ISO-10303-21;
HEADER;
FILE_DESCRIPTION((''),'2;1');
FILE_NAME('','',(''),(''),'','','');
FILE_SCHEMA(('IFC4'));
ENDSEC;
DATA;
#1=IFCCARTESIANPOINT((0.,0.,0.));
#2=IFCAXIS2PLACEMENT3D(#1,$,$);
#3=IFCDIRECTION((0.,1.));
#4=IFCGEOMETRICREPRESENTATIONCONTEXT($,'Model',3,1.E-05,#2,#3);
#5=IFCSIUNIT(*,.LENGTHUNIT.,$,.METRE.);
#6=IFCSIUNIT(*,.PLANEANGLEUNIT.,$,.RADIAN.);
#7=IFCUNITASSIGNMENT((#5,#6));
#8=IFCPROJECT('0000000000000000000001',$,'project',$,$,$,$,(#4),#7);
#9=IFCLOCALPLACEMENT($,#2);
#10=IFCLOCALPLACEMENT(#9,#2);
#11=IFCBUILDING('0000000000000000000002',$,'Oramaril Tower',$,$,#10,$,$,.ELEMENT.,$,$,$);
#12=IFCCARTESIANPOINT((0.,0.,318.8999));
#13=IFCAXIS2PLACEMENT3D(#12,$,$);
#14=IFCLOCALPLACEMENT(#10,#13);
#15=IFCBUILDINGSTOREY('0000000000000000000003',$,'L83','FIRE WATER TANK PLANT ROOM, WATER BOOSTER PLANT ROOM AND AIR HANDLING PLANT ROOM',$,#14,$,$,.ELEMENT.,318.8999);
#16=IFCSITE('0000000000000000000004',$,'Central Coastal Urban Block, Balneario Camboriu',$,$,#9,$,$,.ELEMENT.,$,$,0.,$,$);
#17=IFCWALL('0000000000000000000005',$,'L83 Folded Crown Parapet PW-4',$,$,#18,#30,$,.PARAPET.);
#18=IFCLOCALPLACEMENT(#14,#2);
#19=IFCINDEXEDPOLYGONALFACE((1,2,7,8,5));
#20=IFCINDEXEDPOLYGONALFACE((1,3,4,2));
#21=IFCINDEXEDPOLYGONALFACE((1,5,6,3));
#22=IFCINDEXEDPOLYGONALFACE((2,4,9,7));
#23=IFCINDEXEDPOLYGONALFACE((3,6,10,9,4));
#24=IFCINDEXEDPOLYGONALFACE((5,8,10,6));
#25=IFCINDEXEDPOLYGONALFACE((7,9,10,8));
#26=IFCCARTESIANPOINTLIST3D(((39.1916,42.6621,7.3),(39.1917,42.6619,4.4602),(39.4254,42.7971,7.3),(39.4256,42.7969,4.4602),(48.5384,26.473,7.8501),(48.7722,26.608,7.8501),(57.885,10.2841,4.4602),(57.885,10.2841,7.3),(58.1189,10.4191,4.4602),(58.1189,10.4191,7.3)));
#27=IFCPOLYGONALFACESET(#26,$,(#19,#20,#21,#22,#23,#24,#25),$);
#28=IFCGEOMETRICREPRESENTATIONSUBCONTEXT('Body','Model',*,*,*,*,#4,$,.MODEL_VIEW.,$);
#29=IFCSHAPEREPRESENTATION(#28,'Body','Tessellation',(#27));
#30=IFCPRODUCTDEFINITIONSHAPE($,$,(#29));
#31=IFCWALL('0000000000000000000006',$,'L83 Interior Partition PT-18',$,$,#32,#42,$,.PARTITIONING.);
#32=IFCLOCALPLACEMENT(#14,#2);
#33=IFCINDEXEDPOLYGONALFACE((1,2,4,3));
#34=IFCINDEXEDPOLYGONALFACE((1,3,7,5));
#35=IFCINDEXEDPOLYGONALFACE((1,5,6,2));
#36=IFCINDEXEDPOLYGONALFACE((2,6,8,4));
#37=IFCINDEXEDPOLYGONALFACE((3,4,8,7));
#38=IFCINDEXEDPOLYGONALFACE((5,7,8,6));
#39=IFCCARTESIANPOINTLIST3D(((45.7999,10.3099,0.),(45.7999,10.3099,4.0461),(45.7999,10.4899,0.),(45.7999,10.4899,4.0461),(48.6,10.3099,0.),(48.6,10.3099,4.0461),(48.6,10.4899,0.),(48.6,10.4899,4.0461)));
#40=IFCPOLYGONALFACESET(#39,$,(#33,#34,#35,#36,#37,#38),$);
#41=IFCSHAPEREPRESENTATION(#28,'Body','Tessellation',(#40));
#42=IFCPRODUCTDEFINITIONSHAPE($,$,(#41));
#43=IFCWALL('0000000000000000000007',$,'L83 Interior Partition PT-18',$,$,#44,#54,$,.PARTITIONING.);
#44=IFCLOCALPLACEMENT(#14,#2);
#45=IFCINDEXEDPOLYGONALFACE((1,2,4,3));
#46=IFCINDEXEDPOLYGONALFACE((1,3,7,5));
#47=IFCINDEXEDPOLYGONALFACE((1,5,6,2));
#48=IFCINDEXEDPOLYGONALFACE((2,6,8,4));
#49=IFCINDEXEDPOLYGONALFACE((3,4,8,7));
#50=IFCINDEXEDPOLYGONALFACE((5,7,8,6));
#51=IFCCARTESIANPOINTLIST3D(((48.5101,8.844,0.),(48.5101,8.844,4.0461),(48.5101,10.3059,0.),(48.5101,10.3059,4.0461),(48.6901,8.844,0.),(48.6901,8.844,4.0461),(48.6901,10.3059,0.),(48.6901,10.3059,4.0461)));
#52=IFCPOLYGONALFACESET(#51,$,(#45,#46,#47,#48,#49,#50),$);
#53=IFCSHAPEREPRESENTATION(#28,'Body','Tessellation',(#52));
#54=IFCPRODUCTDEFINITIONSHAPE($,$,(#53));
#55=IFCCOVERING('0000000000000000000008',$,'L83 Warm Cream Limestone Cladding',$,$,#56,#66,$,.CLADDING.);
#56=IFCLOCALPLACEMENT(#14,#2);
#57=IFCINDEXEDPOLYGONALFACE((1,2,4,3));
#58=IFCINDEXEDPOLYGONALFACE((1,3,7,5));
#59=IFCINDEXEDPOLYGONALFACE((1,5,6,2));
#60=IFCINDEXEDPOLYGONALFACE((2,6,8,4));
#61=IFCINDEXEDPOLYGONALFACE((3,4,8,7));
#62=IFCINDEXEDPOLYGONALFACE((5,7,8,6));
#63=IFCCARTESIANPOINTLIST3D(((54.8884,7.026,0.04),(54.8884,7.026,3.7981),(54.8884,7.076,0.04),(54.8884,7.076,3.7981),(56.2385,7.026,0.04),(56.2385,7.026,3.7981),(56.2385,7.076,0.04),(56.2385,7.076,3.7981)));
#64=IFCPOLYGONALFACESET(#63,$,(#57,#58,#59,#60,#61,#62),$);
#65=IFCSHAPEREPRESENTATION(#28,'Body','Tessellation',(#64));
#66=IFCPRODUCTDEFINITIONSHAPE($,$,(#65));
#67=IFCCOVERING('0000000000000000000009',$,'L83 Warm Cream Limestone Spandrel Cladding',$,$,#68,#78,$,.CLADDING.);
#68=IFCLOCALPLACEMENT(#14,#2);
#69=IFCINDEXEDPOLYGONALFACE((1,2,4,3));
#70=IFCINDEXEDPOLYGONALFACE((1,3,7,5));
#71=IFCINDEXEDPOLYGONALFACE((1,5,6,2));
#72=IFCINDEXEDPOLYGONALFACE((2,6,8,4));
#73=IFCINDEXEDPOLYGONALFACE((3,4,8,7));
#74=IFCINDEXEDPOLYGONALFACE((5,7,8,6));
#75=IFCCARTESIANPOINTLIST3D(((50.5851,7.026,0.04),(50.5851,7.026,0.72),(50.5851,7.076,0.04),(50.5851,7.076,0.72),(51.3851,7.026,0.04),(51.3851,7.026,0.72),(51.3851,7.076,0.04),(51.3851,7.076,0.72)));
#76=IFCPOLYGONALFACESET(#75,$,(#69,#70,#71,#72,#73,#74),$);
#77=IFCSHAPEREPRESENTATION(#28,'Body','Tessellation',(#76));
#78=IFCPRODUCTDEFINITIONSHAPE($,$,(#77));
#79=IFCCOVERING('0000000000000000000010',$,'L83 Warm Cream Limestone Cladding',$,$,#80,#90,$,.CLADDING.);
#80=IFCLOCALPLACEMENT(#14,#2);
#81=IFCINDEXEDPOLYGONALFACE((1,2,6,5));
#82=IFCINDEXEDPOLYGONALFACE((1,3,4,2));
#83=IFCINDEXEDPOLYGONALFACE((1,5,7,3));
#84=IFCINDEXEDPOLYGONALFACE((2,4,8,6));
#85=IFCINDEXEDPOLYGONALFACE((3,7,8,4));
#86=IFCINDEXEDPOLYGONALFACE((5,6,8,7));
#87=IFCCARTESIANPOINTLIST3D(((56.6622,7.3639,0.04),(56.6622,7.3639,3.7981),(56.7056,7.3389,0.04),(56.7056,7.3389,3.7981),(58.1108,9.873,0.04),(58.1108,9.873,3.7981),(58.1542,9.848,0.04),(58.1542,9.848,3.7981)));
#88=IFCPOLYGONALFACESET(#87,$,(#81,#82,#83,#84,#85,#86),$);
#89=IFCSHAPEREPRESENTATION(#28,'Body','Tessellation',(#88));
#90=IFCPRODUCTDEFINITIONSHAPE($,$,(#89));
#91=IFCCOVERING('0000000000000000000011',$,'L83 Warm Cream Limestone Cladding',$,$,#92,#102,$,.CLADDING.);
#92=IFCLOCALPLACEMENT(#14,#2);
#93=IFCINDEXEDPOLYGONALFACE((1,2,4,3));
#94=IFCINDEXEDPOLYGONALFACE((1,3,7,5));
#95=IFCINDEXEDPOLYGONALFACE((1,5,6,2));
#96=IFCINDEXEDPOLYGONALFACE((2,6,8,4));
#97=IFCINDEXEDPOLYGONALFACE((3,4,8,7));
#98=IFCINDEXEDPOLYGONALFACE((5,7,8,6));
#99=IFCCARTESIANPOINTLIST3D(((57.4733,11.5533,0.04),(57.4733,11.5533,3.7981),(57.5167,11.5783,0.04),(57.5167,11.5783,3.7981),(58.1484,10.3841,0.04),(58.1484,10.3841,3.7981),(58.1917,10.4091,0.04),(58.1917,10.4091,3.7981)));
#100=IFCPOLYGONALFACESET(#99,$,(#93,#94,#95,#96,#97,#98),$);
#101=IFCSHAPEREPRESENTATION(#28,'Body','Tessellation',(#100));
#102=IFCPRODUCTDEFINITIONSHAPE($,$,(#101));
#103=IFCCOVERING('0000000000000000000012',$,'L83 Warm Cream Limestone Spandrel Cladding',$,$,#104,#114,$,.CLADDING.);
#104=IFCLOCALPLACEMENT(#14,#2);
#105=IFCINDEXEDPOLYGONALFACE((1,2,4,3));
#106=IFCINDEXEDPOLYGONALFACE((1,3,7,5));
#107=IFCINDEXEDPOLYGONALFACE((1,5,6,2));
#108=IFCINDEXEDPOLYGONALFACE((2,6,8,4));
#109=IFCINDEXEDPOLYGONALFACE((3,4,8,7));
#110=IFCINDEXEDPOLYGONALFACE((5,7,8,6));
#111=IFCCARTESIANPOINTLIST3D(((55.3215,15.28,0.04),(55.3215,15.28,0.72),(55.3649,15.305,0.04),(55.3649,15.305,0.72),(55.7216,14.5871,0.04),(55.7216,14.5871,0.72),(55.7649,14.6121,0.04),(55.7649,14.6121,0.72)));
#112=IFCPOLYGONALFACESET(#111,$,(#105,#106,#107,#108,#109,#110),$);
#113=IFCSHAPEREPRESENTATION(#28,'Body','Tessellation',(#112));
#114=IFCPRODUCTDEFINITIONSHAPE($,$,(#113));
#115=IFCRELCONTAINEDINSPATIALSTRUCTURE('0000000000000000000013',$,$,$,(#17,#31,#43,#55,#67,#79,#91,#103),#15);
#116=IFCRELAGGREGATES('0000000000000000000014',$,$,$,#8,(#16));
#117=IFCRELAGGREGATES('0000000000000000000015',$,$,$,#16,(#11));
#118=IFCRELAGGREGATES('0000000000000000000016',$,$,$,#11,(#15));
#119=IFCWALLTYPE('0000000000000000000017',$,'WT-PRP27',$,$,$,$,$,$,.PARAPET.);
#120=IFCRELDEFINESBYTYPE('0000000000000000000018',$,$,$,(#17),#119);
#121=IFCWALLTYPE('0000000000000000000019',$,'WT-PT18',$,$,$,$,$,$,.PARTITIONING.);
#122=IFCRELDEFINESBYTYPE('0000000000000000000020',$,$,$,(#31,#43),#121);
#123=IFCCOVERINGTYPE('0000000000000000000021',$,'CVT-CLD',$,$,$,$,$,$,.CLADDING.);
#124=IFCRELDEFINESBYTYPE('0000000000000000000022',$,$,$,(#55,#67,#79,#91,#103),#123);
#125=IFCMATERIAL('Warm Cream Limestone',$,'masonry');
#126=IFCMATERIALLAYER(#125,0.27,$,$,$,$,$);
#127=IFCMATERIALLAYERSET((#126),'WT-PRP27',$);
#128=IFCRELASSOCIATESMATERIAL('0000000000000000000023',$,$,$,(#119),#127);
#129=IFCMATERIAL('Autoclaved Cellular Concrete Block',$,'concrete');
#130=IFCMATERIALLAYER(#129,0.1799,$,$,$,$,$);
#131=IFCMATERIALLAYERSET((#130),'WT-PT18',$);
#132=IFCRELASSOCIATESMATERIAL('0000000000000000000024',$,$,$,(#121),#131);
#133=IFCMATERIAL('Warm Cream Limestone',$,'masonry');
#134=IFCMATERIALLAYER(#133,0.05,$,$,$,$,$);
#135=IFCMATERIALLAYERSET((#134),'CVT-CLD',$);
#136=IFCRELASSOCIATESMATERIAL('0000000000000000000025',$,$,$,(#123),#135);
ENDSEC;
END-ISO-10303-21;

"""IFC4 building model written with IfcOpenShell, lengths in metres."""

from ifc_helpers import new_model, si_unit, direction, frame, frame_2d, origin, origin_2d, place, context, subcontext, project, spatial, polyline, rectangle, outline, extrude, material, layer, layer_set, type_object, element, save


model = new_model("IFC4")

# Units and contexts
model_context = context("Model", 3, precision=1e-05, world=origin(), true_north=direction((0.0, 1.0)))
body_context = subcontext(model_context, "Body", "Model", "MODEL_VIEW")
ifc_project = project(units=[si_unit("LENGTHUNIT", "METRE"), si_unit("PLANEANGLEUNIT", "RADIAN")], contexts=[model_context])

# Site, building, storey
site_placement = place(None, origin())
site = spatial("IfcSite", under=ifc_project, at=site_placement, Name="Central Coastal Urban Block, Balneario Camboriu", CompositionType="ELEMENT", RefElevation=0.0)
building_placement = place(site_placement, origin())
building = spatial("IfcBuilding", under=site, at=building_placement, Name="Oramaril Tower", CompositionType="ELEMENT")
storey_placement = place(building_placement, frame((0.0, 0.0, 318.8999)))
storey = spatial("IfcBuildingStorey", under=building, at=storey_placement, Name="L83", Description="FIRE WATER TANK PLANT ROOM, WATER BOOSTER PLANT ROOM AND AIR HANDLING PLANT ROOM", CompositionType="ELEMENT", Elevation=318.8999)

# Walls
ifc_material_1 = material(Name="Warm Cream Limestone", Category="masonry")
ifc_layer_1 = layer(ifc_material_1, 0.27)
ifc_layer_set_1 = layer_set([ifc_layer_1], Name="WT-PRP27")
wall_type_1 = type_object("IfcWallType", Name="WT-PRP27", PredefinedType="PARAPET", material=ifc_layer_set_1)
wall_1_placement = place(storey_placement, frame((58.002, 10.3516, 4.4602), z_axis=(0.0, 0.0, 1.0), x_axis=(-0.499999, 0.866026, 0.0)))
element("IfcWall", 1, at=wall_1_placement, inside=storey, type_object=wall_type_1, Name="L83 Folded Crown Parapet PW-4", PredefinedType="PARAPET", context=body_context, shape_type="SweptSolid", body=[
    extrude(outline(polyline([(0.0, 0.0), (37.3867, 0.0), (37.387, 2.8398), (18.6934, 3.3899), (0.0, 2.8398), (0.0, 0.0)])), frame((0.0, 0.135, 0.0), z_axis=(0.0, -1.0, 0.0), x_axis=(1.0, 0.0, 0.0)), (0.0, 0.0, 1.0), 0.27),
])
ifc_material_2 = material(Name="Autoclaved Cellular Concrete Block", Category="concrete")
ifc_layer_2 = layer(ifc_material_2, 0.1799)
ifc_layer_set_2 = layer_set([ifc_layer_2], Name="WT-PT18")
wall_type_2 = type_object("IfcWallType", Name="WT-PT18", PredefinedType="PARTITIONING", material=ifc_layer_set_2)
wall_2_placement = place(storey_placement, frame((45.8, 10.3999, 0.0), z_axis=(0.0, 0.0, 1.0), x_axis=(1.0, 0.0, 0.0)))
element("IfcWall", 2, at=wall_2_placement, inside=storey, type_object=wall_type_2, Name="L83 Interior Partition PT-18", PredefinedType="PARTITIONING", context=body_context, shape_type="SweptSolid", body=[
    extrude(rectangle(XDim=2.8, YDim=0.1799, at=frame_2d((1.3999, 0.0))), origin(), (0.0, 0.0, 1.0), 4.0461),
])
wall_3_placement = place(storey_placement, frame((48.6001, 8.844, 0.0), z_axis=(0.0, 0.0, 1.0), x_axis=(0.0, 1.0, 0.0)))
element("IfcWall", 3, at=wall_3_placement, inside=storey, type_object=wall_type_2, Name="L83 Interior Partition PT-18", PredefinedType="PARTITIONING", context=body_context, shape_type="SweptSolid", body=[
    extrude(rectangle(XDim=1.4619, YDim=0.1799, at=frame_2d((0.731, 0.0))), origin(), (0.0, 0.0, 1.0), 4.0461),
])

# Coverings
ifc_material_3 = material(Name="Warm Cream Limestone", Category="masonry")
ifc_layer_3 = layer(ifc_material_3, 0.05)
ifc_layer_set_3 = layer_set([ifc_layer_3], Name="CVT-CLD")
covering_type = type_object("IfcCoveringType", Name="CVT-CLD", PredefinedType="CLADDING", material=ifc_layer_set_3)
covering_1_placement = place(storey_placement, frame((55.5635, 7.051, 0.04), z_axis=(0.0, 0.0, 1.0), x_axis=(1.0, 0.0, 0.0)))
element("IfcCovering", 4, at=covering_1_placement, inside=storey, type_object=covering_type, Name="L83 Warm Cream Limestone Cladding", PredefinedType="CLADDING", context=body_context, shape_type="SweptSolid", body=[
    extrude(rectangle(XDim=1.3501, YDim=0.05, at=origin_2d()), origin(), (0.0, 0.0, 1.0), 3.7581),
])
covering_2_placement = place(storey_placement, frame((50.9851, 7.051, 0.04), z_axis=(0.0, 0.0, 1.0), x_axis=(1.0, 0.0, 0.0)))
element("IfcCovering", 5, at=covering_2_placement, inside=storey, type_object=covering_type, Name="L83 Warm Cream Limestone Spandrel Cladding", PredefinedType="CLADDING", context=body_context, shape_type="SweptSolid", body=[
    extrude(rectangle(XDim=0.8, YDim=0.05, at=origin_2d()), origin(), (0.0, 0.0, 1.0), 0.6799),
])
covering_3_placement = place(storey_placement, frame((57.4082, 8.606, 0.04), z_axis=(0.0, 0.0, 1.0), x_axis=(0.499986, 0.866033, 0.0)))
element("IfcCovering", 6, at=covering_3_placement, inside=storey, type_object=covering_type, Name="L83 Warm Cream Limestone Cladding", PredefinedType="CLADDING", context=body_context, shape_type="SweptSolid", body=[
    extrude(rectangle(XDim=2.8972, YDim=0.05, at=origin_2d()), origin(), (0.0, 0.0, 1.0), 3.7581),
])
covering_4_placement = place(storey_placement, frame((57.8325, 10.9812, 0.04), z_axis=(0.0, 0.0, 1.0), x_axis=(-0.5, 0.866025, 0.0)))
element("IfcCovering", 7, at=covering_4_placement, inside=storey, type_object=covering_type, Name="L83 Warm Cream Limestone Cladding", PredefinedType="CLADDING", context=body_context, shape_type="SweptSolid", body=[
    extrude(rectangle(XDim=1.3501, YDim=0.05, at=origin_2d()), origin(), (0.0, 0.0, 1.0), 3.7581),
])
covering_5_placement = place(storey_placement, frame((55.5432, 14.946, 0.04), z_axis=(0.0, 0.0, 1.0), x_axis=(-0.5, 0.866025, 0.0)))
element("IfcCovering", 8, at=covering_5_placement, inside=storey, type_object=covering_type, Name="L83 Warm Cream Limestone Spandrel Cladding", PredefinedType="CLADDING", context=body_context, shape_type="SweptSolid", body=[
    extrude(rectangle(XDim=0.8, YDim=0.05, at=origin_2d()), origin(), (0.0, 0.0, 1.0), 0.6799),
])

save(model, "model.ifc")
